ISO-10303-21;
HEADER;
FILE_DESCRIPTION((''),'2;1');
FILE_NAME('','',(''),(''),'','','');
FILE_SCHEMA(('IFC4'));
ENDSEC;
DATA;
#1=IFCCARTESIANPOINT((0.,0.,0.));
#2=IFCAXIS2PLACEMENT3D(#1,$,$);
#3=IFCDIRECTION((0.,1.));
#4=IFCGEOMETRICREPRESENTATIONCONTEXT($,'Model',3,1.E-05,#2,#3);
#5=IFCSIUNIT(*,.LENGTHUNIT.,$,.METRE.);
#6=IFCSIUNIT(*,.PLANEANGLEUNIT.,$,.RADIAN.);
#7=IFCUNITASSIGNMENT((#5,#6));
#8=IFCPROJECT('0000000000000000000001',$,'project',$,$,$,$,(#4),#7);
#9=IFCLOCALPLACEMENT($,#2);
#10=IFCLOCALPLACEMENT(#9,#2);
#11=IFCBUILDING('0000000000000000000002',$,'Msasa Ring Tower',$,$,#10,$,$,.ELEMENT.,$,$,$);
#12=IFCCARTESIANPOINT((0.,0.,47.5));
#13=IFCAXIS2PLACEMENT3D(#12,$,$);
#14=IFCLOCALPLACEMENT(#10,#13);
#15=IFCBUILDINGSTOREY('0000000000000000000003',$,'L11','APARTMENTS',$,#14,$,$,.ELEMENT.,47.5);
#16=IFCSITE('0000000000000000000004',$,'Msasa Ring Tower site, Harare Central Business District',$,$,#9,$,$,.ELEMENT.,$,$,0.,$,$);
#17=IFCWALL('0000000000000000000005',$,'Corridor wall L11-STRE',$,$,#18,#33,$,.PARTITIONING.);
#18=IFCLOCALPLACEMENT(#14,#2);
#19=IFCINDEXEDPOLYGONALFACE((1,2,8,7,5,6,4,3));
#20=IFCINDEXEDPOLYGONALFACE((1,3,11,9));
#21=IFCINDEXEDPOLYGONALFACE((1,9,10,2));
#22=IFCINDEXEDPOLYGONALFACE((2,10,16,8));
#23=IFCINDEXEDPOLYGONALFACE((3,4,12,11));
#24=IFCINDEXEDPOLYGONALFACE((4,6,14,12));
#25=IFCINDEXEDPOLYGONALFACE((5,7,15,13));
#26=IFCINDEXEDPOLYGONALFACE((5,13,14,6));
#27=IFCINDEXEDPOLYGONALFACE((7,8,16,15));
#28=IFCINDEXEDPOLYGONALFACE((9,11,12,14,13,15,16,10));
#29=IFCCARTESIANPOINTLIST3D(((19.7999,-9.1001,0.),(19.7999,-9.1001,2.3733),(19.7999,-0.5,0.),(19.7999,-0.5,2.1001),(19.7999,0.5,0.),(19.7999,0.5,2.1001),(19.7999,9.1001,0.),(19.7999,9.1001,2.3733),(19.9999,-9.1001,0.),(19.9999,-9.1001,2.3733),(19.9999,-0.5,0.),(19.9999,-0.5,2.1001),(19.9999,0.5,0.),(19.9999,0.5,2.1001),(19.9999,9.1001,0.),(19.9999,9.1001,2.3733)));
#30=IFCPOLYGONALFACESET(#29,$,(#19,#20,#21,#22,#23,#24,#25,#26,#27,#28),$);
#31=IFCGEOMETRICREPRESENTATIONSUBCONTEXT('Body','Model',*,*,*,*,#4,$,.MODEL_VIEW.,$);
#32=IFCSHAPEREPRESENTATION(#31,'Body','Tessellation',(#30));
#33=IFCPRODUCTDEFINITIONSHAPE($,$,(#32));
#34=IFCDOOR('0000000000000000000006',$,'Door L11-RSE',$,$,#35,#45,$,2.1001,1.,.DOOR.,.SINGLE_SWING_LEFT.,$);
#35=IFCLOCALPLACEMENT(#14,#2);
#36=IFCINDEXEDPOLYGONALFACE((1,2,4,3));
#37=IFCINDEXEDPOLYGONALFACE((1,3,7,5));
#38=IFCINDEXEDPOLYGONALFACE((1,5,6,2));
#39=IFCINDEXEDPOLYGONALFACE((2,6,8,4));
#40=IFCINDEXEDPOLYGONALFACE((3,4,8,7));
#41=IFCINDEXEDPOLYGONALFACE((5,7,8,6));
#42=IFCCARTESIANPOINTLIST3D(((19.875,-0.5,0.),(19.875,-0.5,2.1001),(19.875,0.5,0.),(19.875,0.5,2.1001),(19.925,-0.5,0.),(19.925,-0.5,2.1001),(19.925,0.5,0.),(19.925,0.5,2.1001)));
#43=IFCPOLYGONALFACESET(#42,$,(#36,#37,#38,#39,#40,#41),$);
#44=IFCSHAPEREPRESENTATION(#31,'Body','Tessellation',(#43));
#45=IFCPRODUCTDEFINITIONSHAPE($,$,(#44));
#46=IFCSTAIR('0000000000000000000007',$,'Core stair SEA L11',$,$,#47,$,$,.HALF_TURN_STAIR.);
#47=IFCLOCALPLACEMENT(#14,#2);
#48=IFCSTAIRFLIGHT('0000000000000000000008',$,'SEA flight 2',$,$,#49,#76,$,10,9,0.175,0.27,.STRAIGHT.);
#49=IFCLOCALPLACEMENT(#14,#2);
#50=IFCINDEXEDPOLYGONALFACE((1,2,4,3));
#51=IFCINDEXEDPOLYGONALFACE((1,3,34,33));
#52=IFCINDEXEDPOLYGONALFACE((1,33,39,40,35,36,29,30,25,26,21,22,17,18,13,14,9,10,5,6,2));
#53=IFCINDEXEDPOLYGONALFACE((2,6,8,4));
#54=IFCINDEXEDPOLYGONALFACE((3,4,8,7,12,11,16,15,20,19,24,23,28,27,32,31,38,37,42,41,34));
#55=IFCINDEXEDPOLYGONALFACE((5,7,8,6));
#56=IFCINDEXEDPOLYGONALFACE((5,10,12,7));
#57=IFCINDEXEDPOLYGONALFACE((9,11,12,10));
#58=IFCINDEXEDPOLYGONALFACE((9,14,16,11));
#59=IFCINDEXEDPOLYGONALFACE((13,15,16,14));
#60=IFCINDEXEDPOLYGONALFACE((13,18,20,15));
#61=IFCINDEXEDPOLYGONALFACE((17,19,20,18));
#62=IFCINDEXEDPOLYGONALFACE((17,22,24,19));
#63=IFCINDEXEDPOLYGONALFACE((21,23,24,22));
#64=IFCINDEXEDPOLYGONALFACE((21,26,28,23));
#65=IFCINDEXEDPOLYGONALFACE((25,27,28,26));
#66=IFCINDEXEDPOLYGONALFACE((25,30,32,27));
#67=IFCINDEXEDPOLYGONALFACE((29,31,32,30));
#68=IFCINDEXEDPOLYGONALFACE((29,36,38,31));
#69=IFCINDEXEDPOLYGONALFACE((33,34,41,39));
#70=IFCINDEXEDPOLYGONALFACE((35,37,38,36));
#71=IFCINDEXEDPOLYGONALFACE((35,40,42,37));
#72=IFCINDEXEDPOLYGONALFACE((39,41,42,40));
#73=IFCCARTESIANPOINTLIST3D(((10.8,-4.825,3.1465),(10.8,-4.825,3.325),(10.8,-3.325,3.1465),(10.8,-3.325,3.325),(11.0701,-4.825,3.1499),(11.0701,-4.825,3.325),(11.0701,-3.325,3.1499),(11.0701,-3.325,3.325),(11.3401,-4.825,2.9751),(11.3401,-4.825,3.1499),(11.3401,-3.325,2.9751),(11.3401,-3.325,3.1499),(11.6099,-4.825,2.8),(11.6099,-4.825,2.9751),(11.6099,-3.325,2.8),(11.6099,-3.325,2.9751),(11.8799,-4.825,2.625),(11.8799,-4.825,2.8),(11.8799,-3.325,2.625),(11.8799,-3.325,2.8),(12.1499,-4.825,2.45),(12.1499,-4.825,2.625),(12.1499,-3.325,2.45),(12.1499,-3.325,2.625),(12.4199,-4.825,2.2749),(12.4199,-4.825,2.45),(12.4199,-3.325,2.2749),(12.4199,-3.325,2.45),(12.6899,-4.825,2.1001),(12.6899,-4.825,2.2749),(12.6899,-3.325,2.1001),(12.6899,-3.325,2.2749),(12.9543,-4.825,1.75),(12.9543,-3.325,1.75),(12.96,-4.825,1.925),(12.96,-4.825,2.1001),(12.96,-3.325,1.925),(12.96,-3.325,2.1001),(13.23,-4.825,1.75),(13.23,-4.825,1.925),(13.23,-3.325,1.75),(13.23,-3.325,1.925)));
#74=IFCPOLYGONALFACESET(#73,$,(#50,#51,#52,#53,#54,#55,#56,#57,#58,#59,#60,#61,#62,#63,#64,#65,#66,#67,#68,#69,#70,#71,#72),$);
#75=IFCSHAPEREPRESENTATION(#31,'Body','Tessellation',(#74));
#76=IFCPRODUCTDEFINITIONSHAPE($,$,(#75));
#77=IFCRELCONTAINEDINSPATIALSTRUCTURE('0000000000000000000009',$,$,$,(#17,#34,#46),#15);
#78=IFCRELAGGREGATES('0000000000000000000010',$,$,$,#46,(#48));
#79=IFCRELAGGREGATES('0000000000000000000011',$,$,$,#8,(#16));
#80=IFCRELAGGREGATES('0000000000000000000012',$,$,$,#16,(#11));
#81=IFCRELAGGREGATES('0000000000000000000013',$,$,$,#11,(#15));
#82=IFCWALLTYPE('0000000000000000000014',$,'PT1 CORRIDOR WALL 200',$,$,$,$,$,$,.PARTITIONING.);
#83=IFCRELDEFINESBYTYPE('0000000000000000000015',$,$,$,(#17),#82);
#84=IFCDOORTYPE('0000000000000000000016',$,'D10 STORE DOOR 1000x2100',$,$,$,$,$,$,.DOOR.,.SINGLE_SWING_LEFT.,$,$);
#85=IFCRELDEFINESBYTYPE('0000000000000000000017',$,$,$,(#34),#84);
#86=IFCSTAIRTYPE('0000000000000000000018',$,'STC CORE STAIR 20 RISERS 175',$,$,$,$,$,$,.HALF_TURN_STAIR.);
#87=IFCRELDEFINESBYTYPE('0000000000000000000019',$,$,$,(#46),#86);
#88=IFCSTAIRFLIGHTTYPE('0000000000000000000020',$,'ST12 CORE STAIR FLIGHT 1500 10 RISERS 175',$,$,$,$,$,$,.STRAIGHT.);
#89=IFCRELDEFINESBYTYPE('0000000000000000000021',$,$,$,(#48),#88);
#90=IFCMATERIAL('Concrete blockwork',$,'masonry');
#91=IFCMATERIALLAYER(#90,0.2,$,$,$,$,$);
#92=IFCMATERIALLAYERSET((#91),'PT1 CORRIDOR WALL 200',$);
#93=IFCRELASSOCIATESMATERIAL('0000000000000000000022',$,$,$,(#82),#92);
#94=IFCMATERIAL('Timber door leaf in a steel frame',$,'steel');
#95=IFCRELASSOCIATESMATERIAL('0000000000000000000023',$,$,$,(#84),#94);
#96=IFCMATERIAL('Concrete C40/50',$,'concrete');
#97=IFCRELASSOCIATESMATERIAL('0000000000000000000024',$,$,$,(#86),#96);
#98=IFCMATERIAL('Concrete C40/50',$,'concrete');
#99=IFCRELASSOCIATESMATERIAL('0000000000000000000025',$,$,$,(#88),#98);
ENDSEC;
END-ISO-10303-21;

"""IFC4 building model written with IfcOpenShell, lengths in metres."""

from ifc_helpers import new_model, si_unit, direction, frame, frame_2d, origin, place, context, subcontext, project, spatial, polyline, rectangle, outline, extrude, material, layer, layer_set, type_object, element, fill, aggregate, save


model = new_model("IFC4")

# Units and contexts
model_context = context("Model", 3, precision=1e-05, world=origin(), true_north=direction((0.0, 1.0)))
body_context = subcontext(model_context, "Body", "Model", "MODEL_VIEW")
ifc_project = project(units=[si_unit("LENGTHUNIT", "METRE"), si_unit("PLANEANGLEUNIT", "RADIAN")], contexts=[model_context])

# Site, building, storey
site_placement = place(None, origin())
site = spatial("IfcSite", under=ifc_project, at=site_placement, Name="Msasa Ring Tower site, Harare Central Business District", CompositionType="ELEMENT", RefElevation=0.0)
building_placement = place(site_placement, origin())
building = spatial("IfcBuilding", under=site, at=building_placement, Name="Msasa Ring Tower", CompositionType="ELEMENT")
storey_placement = place(building_placement, frame((0.0, 0.0, 47.5)))
storey = spatial("IfcBuildingStorey", under=building, at=storey_placement, Name="L11", Description="APARTMENTS", CompositionType="ELEMENT", Elevation=47.5)

# Wall, opening, door
ifc_material_1 = material(Name="Concrete blockwork", Category="masonry")
ifc_layer_1 = layer(ifc_material_1, 0.2)
ifc_layer_set_1 = layer_set([ifc_layer_1], Name="PT1 CORRIDOR WALL 200")
wall_type_1 = type_object("IfcWallType", Name="PT1 CORRIDOR WALL 200", PredefinedType="PARTITIONING", material=ifc_layer_set_1)
wall_1_placement = place(storey_placement, frame((19.8999, -9.1001, 0.0), z_axis=(0.0, 0.0, 1.0), x_axis=(0.0, 1.0, 0.0)))
wall_1 = element("IfcWall", 1, at=wall_1_placement, inside=storey, type_object=wall_type_1, Name="Corridor wall L11-STRE", PredefinedType="PARTITIONING", context=body_context, shape_type="SweptSolid", body=[
    extrude(rectangle(XDim=18.2002, YDim=0.2, at=frame_2d((9.1001, 0.0))), origin(), (0.0, 0.0, 1.0), 2.3733),
])
opening_1_placement = place(wall_1_placement, frame((8.6001, 0.0, 0.0)))
opening_1 = element("IfcOpeningElement", 2, at=opening_1_placement, cuts=wall_1, PredefinedType="OPENING", context=body_context, shape_type="SweptSolid", body=[
    extrude(rectangle(XDim=1.0, YDim=2.1001, at=frame_2d((0.5, 1.05))), frame((0.0, 0.1099, 0.0), z_axis=(0.0, -1.0, 0.0), x_axis=(1.0, 0.0, 0.0)), (0.0, 0.0, 1.0), 0.22),
])
ifc_material_2 = material(Name="Timber door leaf in a steel frame", Category="steel")
door_type = type_object("IfcDoorType", Name="D10 STORE DOOR 1000x2100", OperationType="SINGLE_SWING_LEFT", PredefinedType="DOOR", material=ifc_material_2)
door_placement = place(opening_1_placement, origin())
door = element("IfcDoor", 3, at=door_placement, inside=storey, type_object=door_type, Name="Door L11-RSE", OperationType="SINGLE_SWING_LEFT", OverallHeight=2.1001, OverallWidth=1.0, PredefinedType="DOOR", context=body_context, shape_type="SweptSolid", body=[
    extrude(rectangle(XDim=1.0, YDim=2.1001, at=frame_2d((0.5, 1.05))), frame((0.0, 0.0249, 0.0), z_axis=(0.0, -1.0, 0.0), x_axis=(1.0, 0.0, 0.0)), (0.0, 0.0, 1.0), 0.05),
])
fill(opening_1, door)

# Stair, stair flight
ifc_material_3 = material(Name="Concrete C40/50", Category="concrete")
stair_type = type_object("IfcStairType", Name="STC CORE STAIR 20 RISERS 175", PredefinedType="HALF_TURN_STAIR", material=ifc_material_3)
stair_placement = place(storey_placement, origin())
stair = element("IfcStair", 4, at=stair_placement, inside=storey, type_object=stair_type, Name="Core stair SEA L11", PredefinedType="HALF_TURN_STAIR")
ifc_material_4 = material(Name="Concrete C40/50", Category="concrete")
stair_flight_type = type_object("IfcStairFlightType", Name="ST12 CORE STAIR FLIGHT 1500 10 RISERS 175", PredefinedType="STRAIGHT", material=ifc_material_4)
stair_flight_placement = place(storey_placement, frame((13.23, -4.075, 1.75), z_axis=(0.0, 0.0, 1.0), x_axis=(-1.0, 0.0, 0.0)))
stair_flight = element("IfcStairFlight", 5, at=stair_flight_placement, type_object=stair_flight_type, Name="SEA flight 2", NumberOfRisers=10, NumberOfTreads=9, PredefinedType="STRAIGHT", RiserHeight=0.175, TreadLength=0.27, context=body_context, shape_type="SweptSolid", body=[
    extrude(outline(polyline([(0.0, 0.0), (0.0, 0.175), (0.27, 0.175), (0.27, 0.3501), (0.54, 0.3501), (0.54, 0.5249), (0.8101, 0.5249), (0.8101, 0.7), (1.0801, 0.7), (1.0801, 0.875), (1.3501, 0.875), (1.3501, 1.05), (1.6201, 1.05), (1.6201, 1.2251), (1.8899, 1.2251), (1.8899, 1.3999), (2.1599, 1.3999), (2.1599, 1.575), (2.4299, 1.575), (2.4299, 1.75), (2.4299, 1.3965), (0.2756, 0.0), (0.0, 0.0)])), frame((0.0, 0.75, 0.0), z_axis=(0.0, -1.0, 0.0), x_axis=(1.0, 0.0, 0.0)), (0.0, 0.0, 1.0), 1.5),
])
aggregate(stair, [stair_flight])

save(model, "model.ifc")
